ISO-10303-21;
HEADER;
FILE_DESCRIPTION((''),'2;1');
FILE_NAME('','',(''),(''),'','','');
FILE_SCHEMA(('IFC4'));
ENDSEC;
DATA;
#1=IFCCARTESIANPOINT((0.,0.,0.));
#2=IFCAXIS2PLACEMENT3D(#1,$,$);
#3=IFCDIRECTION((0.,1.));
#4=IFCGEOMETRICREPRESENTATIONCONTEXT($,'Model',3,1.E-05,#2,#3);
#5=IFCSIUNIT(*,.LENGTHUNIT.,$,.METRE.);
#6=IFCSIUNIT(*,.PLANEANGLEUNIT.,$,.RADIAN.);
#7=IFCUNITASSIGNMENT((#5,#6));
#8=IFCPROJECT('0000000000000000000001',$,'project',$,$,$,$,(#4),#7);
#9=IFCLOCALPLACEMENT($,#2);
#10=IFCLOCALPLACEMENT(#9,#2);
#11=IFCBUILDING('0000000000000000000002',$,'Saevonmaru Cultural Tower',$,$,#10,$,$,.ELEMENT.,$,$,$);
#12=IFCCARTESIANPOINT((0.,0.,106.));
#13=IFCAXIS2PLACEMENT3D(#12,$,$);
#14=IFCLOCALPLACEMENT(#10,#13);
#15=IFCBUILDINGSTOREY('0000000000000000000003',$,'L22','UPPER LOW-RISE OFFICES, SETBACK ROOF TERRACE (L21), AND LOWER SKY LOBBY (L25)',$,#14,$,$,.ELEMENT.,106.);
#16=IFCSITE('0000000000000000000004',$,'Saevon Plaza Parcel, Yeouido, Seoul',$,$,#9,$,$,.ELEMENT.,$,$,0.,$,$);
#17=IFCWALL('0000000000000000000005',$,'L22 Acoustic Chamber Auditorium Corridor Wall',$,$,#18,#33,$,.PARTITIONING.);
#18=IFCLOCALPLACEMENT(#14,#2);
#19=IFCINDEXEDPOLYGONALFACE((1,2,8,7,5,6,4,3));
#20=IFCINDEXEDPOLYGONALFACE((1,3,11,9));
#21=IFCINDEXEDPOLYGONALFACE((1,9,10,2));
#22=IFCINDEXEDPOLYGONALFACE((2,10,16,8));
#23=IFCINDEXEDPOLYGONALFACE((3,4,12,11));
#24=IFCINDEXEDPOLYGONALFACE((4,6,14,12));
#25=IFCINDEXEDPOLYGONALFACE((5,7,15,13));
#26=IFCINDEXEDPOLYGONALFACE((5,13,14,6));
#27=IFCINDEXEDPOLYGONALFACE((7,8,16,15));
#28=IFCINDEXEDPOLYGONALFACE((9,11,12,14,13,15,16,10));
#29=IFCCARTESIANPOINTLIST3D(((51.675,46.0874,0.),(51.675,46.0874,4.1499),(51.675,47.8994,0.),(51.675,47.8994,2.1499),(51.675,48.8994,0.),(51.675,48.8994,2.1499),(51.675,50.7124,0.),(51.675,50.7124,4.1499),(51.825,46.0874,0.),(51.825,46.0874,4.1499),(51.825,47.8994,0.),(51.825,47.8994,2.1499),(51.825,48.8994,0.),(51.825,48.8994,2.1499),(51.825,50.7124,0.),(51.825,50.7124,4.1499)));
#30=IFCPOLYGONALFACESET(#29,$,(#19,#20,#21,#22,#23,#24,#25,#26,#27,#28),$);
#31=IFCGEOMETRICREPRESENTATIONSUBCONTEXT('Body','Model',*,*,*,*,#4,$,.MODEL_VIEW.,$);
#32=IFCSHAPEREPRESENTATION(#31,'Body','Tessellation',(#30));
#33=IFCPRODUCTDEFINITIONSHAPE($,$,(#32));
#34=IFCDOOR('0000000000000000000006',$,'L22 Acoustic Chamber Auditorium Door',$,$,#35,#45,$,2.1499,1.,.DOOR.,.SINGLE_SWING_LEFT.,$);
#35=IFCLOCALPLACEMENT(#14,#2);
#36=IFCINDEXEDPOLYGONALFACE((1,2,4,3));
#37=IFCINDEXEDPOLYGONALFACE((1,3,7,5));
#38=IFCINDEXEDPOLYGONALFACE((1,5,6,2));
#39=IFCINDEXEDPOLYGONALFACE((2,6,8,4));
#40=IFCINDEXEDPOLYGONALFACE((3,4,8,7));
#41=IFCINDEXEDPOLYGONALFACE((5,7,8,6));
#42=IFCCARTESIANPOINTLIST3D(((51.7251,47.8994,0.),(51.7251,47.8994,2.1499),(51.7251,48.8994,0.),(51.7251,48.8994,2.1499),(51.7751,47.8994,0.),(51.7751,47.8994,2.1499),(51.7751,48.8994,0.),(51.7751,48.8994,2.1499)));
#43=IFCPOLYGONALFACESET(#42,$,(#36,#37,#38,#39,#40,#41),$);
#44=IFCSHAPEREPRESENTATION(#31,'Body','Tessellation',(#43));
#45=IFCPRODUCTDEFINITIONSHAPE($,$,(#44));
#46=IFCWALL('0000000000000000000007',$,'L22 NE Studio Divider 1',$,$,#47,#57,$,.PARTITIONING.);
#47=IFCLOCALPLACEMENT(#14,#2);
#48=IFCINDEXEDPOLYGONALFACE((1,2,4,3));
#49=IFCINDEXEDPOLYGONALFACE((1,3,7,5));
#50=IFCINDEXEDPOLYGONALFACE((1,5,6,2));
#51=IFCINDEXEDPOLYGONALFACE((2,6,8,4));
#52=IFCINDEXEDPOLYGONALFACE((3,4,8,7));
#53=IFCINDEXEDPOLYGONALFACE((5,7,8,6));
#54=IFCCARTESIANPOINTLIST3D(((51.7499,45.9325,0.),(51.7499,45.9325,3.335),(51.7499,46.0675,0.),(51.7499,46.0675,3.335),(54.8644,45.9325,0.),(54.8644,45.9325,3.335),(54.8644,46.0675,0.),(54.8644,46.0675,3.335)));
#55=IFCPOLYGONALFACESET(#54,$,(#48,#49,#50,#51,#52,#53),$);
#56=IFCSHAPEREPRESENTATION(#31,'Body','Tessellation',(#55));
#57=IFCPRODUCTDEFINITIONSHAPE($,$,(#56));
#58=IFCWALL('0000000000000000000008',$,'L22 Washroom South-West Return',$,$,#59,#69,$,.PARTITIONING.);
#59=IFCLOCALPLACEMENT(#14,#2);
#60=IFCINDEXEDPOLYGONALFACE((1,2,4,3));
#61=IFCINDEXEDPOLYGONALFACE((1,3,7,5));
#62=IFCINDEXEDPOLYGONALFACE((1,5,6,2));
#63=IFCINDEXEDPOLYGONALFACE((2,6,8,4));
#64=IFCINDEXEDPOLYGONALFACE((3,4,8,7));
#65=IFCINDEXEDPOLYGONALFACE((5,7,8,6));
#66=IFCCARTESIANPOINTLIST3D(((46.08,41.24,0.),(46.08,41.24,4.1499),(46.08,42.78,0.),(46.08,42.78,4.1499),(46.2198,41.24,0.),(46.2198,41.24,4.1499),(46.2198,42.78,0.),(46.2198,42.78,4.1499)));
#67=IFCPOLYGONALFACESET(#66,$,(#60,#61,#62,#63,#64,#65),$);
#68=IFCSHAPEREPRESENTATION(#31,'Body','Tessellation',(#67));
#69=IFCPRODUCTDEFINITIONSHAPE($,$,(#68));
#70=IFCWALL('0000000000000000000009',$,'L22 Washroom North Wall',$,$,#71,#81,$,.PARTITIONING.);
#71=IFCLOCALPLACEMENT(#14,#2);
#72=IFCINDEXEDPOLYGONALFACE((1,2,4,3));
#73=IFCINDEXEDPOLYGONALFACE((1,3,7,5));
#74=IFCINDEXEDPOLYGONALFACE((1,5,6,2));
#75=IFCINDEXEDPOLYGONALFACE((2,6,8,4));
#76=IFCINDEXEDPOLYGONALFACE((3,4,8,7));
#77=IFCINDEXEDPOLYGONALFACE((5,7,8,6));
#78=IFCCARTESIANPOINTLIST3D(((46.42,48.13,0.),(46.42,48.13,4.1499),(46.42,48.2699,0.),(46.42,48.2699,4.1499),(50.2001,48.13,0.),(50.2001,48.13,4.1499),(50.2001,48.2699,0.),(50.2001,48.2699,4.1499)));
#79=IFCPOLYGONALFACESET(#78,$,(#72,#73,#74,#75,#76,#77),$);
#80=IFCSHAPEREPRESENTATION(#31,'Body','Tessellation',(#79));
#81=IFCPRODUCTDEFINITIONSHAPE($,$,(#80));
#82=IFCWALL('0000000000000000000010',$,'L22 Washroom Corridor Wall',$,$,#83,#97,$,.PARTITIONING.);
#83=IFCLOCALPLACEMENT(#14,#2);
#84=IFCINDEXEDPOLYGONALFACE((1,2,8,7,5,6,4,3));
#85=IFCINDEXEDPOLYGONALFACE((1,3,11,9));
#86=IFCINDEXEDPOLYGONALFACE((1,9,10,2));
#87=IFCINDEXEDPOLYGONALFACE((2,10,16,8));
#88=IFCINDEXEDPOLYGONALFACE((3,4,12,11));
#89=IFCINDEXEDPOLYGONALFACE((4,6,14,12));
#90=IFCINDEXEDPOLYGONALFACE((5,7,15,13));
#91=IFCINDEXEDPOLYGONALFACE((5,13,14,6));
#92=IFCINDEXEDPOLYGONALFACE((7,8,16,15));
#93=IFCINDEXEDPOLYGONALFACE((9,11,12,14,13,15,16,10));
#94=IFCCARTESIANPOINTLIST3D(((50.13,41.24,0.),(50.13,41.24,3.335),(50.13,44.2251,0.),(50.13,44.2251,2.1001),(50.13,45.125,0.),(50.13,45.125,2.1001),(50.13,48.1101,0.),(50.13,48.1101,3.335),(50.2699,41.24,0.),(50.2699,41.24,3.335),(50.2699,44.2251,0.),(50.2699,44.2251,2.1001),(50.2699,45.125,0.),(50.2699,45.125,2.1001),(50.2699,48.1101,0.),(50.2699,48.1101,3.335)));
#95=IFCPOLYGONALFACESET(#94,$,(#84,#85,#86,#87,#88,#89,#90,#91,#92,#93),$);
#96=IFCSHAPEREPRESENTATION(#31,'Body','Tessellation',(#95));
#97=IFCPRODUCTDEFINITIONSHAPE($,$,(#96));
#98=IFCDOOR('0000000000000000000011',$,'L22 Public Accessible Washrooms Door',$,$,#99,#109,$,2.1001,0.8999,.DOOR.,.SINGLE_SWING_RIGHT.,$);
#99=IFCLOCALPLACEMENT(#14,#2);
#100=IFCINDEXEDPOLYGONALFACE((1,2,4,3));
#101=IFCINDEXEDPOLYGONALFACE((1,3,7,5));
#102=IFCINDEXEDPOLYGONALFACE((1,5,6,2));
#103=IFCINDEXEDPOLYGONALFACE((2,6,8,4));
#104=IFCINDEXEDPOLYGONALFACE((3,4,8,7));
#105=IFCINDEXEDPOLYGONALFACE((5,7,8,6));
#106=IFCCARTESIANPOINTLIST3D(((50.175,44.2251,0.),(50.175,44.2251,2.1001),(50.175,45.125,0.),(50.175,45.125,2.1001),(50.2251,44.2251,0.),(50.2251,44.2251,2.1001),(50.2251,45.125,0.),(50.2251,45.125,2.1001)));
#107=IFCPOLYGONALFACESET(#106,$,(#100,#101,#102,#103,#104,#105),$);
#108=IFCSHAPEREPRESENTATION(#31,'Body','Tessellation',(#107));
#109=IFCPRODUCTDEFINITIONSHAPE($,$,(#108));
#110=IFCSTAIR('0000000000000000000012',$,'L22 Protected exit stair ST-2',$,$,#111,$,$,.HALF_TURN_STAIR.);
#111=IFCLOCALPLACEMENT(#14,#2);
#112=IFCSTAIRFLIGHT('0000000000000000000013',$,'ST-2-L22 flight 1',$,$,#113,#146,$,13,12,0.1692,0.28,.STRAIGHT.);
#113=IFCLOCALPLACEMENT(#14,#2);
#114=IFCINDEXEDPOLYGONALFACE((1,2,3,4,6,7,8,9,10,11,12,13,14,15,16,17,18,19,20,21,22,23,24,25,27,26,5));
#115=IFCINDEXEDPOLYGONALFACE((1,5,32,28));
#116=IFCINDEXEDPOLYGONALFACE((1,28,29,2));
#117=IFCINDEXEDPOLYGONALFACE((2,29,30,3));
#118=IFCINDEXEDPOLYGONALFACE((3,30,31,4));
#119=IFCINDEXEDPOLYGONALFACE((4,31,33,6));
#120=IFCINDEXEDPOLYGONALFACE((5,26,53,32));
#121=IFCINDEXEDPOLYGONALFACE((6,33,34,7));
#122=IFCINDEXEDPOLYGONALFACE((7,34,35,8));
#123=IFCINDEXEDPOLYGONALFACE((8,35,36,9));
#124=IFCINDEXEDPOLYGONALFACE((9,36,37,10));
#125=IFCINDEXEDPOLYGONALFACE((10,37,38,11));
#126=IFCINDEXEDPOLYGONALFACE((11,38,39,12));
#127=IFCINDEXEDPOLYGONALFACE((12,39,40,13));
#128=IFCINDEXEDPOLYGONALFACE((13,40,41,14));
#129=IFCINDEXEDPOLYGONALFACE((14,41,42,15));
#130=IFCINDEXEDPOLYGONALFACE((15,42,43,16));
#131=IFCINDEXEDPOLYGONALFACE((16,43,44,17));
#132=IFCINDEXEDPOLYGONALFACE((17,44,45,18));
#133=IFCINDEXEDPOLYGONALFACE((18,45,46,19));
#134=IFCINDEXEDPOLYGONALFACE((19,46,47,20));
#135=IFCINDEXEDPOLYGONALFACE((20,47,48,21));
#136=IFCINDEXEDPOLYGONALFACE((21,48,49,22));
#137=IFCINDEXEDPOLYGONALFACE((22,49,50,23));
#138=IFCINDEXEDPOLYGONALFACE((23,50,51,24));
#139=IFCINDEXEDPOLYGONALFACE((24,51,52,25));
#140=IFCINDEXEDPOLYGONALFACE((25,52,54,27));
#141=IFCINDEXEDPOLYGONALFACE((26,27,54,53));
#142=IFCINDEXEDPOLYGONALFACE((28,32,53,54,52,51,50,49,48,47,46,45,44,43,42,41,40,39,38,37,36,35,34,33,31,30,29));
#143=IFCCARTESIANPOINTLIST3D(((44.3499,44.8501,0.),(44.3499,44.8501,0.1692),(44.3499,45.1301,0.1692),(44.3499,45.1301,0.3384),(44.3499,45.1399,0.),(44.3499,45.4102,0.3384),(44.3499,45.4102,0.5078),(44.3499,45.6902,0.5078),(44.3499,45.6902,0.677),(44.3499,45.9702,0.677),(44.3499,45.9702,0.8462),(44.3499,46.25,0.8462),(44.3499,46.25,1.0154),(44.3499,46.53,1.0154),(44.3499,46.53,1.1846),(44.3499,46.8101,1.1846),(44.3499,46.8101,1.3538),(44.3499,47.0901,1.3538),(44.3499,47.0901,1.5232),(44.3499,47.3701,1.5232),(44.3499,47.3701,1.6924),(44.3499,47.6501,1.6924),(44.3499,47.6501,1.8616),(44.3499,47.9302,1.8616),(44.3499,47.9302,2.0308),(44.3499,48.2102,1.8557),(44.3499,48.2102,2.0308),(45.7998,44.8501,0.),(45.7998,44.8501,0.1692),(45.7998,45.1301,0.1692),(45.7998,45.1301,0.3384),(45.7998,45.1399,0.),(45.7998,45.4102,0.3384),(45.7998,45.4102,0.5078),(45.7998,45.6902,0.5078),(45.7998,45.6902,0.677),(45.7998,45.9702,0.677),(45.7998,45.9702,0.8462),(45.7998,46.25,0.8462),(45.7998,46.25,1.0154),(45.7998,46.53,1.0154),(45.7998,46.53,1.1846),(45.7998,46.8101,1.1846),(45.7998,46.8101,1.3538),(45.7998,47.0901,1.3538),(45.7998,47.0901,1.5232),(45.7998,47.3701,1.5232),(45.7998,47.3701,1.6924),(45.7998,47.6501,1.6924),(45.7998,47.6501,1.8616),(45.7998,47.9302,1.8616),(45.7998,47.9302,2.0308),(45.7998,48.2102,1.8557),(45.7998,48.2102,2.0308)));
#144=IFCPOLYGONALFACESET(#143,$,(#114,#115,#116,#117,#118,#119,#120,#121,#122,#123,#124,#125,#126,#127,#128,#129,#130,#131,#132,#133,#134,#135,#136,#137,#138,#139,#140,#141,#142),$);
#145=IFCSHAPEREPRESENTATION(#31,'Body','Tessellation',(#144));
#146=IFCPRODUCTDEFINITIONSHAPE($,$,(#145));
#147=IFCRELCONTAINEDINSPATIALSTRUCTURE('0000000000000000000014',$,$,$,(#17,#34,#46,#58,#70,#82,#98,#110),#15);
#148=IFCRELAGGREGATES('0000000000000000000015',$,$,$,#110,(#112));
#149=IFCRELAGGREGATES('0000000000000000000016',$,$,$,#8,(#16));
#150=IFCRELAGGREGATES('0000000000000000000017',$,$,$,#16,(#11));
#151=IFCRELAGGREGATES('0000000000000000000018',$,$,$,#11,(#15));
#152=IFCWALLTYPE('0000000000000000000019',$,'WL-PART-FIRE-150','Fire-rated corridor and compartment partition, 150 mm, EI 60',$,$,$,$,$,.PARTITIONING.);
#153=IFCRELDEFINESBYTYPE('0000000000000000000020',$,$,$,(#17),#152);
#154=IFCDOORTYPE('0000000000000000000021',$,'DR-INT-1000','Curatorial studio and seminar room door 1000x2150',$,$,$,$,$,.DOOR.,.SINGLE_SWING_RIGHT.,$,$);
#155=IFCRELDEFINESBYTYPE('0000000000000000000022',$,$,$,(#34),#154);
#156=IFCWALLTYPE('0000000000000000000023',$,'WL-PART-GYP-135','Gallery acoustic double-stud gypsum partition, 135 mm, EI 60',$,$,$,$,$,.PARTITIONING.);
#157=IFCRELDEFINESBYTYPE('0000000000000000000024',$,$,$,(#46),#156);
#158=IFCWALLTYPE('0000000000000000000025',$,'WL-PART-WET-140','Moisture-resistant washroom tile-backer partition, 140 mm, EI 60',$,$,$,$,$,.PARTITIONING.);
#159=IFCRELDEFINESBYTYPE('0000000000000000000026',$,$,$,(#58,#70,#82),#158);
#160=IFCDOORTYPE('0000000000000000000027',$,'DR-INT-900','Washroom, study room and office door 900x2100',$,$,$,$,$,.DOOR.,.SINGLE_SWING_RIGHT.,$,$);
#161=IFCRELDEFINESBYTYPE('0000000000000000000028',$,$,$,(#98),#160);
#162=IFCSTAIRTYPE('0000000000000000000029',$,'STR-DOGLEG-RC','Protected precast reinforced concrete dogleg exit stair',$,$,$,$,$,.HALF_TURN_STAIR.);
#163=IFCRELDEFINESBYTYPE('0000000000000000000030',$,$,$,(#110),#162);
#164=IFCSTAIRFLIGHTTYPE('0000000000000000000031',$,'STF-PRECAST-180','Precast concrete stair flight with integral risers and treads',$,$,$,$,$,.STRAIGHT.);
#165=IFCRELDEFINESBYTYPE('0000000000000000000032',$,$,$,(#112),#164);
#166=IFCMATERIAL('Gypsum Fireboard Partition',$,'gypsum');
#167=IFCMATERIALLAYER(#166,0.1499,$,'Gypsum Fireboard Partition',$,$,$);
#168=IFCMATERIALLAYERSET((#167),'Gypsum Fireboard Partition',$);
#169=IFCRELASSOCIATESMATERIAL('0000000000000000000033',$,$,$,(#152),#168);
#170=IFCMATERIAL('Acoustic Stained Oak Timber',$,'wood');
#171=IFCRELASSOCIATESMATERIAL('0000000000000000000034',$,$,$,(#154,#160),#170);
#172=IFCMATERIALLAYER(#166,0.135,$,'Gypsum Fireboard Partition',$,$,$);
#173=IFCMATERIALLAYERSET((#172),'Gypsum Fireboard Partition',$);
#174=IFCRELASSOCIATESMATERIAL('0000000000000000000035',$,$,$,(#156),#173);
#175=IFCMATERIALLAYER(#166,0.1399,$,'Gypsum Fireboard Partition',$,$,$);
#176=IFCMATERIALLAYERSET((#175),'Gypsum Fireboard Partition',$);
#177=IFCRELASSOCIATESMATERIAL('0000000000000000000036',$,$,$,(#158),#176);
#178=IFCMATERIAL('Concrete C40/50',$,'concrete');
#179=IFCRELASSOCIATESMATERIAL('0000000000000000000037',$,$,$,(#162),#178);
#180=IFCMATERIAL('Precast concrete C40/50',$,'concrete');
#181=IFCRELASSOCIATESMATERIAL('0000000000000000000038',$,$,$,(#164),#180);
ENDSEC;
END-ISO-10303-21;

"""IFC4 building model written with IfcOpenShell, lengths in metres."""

from ifc_helpers import new_model, si_unit, direction, frame, frame_2d, origin, place, context, subcontext, project, spatial, polyline, rectangle, outline, extrude, material, layer, layer_set, type_object, element, fill, aggregate, save


model = new_model("IFC4")

# Units and contexts
model_context = context("Model", 3, precision=1e-05, world=origin(), true_north=direction((0.0, 1.0)))
body_context = subcontext(model_context, "Body", "Model", "MODEL_VIEW")
ifc_project = project(units=[si_unit("LENGTHUNIT", "METRE"), si_unit("PLANEANGLEUNIT", "RADIAN")], contexts=[model_context])

# Site, building, storey
site_placement = place(None, origin())
site = spatial("IfcSite", under=ifc_project, at=site_placement, Name="Saevon Plaza Parcel, Yeouido, Seoul", CompositionType="ELEMENT", RefElevation=0.0)
building_placement = place(site_placement, origin())
building = spatial("IfcBuilding", under=site, at=building_placement, Name="Saevonmaru Cultural Tower", CompositionType="ELEMENT")
storey_placement = place(building_placement, frame((0.0, 0.0, 106.0)))
storey = spatial("IfcBuildingStorey", under=building, at=storey_placement, Name="L22", Description="UPPER LOW-RISE OFFICES, SETBACK ROOF TERRACE (L21), AND LOWER SKY LOBBY (L25)", CompositionType="ELEMENT", Elevation=106.0)

# Wall, opening, door
ifc_material_1 = material(Name="Gypsum Fireboard Partition", Category="gypsum")
ifc_layer_1 = layer(ifc_material_1, 0.1499, Name="Gypsum Fireboard Partition")
ifc_layer_set_1 = layer_set([ifc_layer_1], Name="Gypsum Fireboard Partition")
wall_type_1 = type_object("IfcWallType", Name="WL-PART-FIRE-150", Description="Fire-rated corridor and compartment partition, 150 mm, EI 60", PredefinedType="PARTITIONING", material=ifc_layer_set_1)
wall_1_placement = place(storey_placement, frame((51.75, 46.0874, 0.0), z_axis=(0.0, 0.0, 1.0), x_axis=(0.0, 1.0, 0.0)))
wall_1 = element("IfcWall", 1, at=wall_1_placement, inside=storey, type_object=wall_type_1, Name="L22 Acoustic Chamber Auditorium Corridor Wall", PredefinedType="PARTITIONING", context=body_context, shape_type="SweptSolid", body=[
    extrude(rectangle(XDim=4.625, YDim=0.1499, at=frame_2d((2.3125, 0.0))), origin(), (0.0, 0.0, 1.0), 4.1499),
])
opening_1_placement = place(wall_1_placement, frame((1.812, 0.0, 0.0)))
opening_1 = element("IfcOpeningElement", 2, at=opening_1_placement, cuts=wall_1, PredefinedType="OPENING", context=body_context, shape_type="SweptSolid", body=[
    extrude(rectangle(XDim=1.0, YDim=2.1499, at=frame_2d((0.5, 1.075))), frame((0.0, 0.085, 0.0), z_axis=(0.0, -1.0, 0.0), x_axis=(1.0, 0.0, 0.0)), (0.0, 0.0, 1.0), 0.1699),
])
ifc_material_2 = material(Name="Acoustic Stained Oak Timber", Category="wood")
door_type_1 = type_object("IfcDoorType", Name="DR-INT-1000", Description="Curatorial studio and seminar room door 1000x2150", OperationType="SINGLE_SWING_RIGHT", PredefinedType="DOOR", material=ifc_material_2)
door_1_placement = place(opening_1_placement, origin())
door_1 = element("IfcDoor", 3, at=door_1_placement, inside=storey, type_object=door_type_1, Name="L22 Acoustic Chamber Auditorium Door", OperationType="SINGLE_SWING_LEFT", OverallHeight=2.1499, OverallWidth=1.0, PredefinedType="DOOR", context=body_context, shape_type="SweptSolid", body=[
    extrude(rectangle(XDim=1.0, YDim=2.1499, at=frame_2d((0.5, 1.075))), frame((0.0, 0.0249, 0.0), z_axis=(0.0, -1.0, 0.0), x_axis=(1.0, 0.0, 0.0)), (0.0, 0.0, 1.0), 0.05),
])
fill(opening_1, door_1)

# Walls
ifc_layer_2 = layer(ifc_material_1, 0.135, Name="Gypsum Fireboard Partition")
ifc_layer_set_2 = layer_set([ifc_layer_2], Name="Gypsum Fireboard Partition")
wall_type_2 = type_object("IfcWallType", Name="WL-PART-GYP-135", Description="Gallery acoustic double-stud gypsum partition, 135 mm, EI 60", PredefinedType="PARTITIONING", material=ifc_layer_set_2)
wall_2_placement = place(storey_placement, frame((51.75, 46.0, 0.0), z_axis=(0.0, 0.0, 1.0), x_axis=(1.0, 0.0, 0.0)))
element("IfcWall", 4, at=wall_2_placement, inside=storey, type_object=wall_type_2, Name="L22 NE Studio Divider 1", PredefinedType="PARTITIONING", context=body_context, shape_type="SweptSolid", body=[
    extrude(rectangle(XDim=3.1145, YDim=0.135, at=frame_2d((1.5571, 0.0))), origin(), (0.0, 0.0, 1.0), 3.335),
])
ifc_layer_3 = layer(ifc_material_1, 0.1399, Name="Gypsum Fireboard Partition")
ifc_layer_set_3 = layer_set([ifc_layer_3], Name="Gypsum Fireboard Partition")
wall_type_3 = type_object("IfcWallType", Name="WL-PART-WET-140", Description="Moisture-resistant washroom tile-backer partition, 140 mm, EI 60", PredefinedType="PARTITIONING", material=ifc_layer_set_3)
wall_3_placement = place(storey_placement, frame((46.1499, 41.24, 0.0), z_axis=(0.0, 0.0, 1.0), x_axis=(0.0, 1.0, 0.0)))
element("IfcWall", 5, at=wall_3_placement, inside=storey, type_object=wall_type_3, Name="L22 Washroom South-West Return", PredefinedType="PARTITIONING", context=body_context, shape_type="SweptSolid", body=[
    extrude(rectangle(XDim=1.54, YDim=0.1399, at=frame_2d((0.77, 0.0))), origin(), (0.0, 0.0, 1.0), 4.1499),
])
wall_4_placement = place(storey_placement, frame((46.4199, 48.2, 0.0), z_axis=(0.0, 0.0, 1.0), x_axis=(1.0, 0.0, 0.0)))
element("IfcWall", 6, at=wall_4_placement, inside=storey, type_object=wall_type_3, Name="L22 Washroom North Wall", PredefinedType="PARTITIONING", context=body_context, shape_type="SweptSolid", body=[
    extrude(rectangle(XDim=3.78, YDim=0.1399, at=frame_2d((1.8901, 0.0))), origin(), (0.0, 0.0, 1.0), 4.1499),
])

# Wall, opening, door
wall_5_placement = place(storey_placement, frame((50.2, 41.24, 0.0), z_axis=(0.0, 0.0, 1.0), x_axis=(0.0, 1.0, 0.0)))
wall_5 = element("IfcWall", 7, at=wall_5_placement, inside=storey, type_object=wall_type_3, Name="L22 Washroom Corridor Wall", PredefinedType="PARTITIONING", context=body_context, shape_type="SweptSolid", body=[
    extrude(rectangle(XDim=6.8701, YDim=0.1399, at=frame_2d((3.4351, 0.0))), origin(), (0.0, 0.0, 1.0), 3.335),
])
opening_2_placement = place(wall_5_placement, frame((2.9851, 0.0, 0.0)))
opening_2 = element("IfcOpeningElement", 8, at=opening_2_placement, cuts=wall_5, PredefinedType="OPENING", context=body_context, shape_type="SweptSolid", body=[
    extrude(rectangle(XDim=0.8999, YDim=2.1001, at=frame_2d((0.45, 1.05))), frame((0.0, 0.0801, 0.0), z_axis=(0.0, -1.0, 0.0), x_axis=(1.0, 0.0, 0.0)), (0.0, 0.0, 1.0), 0.1599),
])
door_type_2 = type_object("IfcDoorType", Name="DR-INT-900", Description="Washroom, study room and office door 900x2100", OperationType="SINGLE_SWING_RIGHT", PredefinedType="DOOR", material=ifc_material_2)
door_2_placement = place(opening_2_placement, origin())
door_2 = element("IfcDoor", 9, at=door_2_placement, inside=storey, type_object=door_type_2, Name="L22 Public Accessible Washrooms Door", OperationType="SINGLE_SWING_RIGHT", OverallHeight=2.1001, OverallWidth=0.8999, PredefinedType="DOOR", context=body_context, shape_type="SweptSolid", body=[
    extrude(rectangle(XDim=0.8999, YDim=2.1001, at=frame_2d((0.45, 1.05))), frame((0.0, 0.0249, 0.0), z_axis=(0.0, -1.0, 0.0), x_axis=(1.0, 0.0, 0.0)), (0.0, 0.0, 1.0), 0.05),
])
fill(opening_2, door_2)

# Stair, stair flight
ifc_material_3 = material(Name="Concrete C40/50", Category="concrete")
stair_type = type_object("IfcStairType", Name="STR-DOGLEG-RC", Description="Protected precast reinforced concrete dogleg exit stair", PredefinedType="HALF_TURN_STAIR", material=ifc_material_3)
stair_placement = place(storey_placement, origin())
stair = element("IfcStair", 10, at=stair_placement, inside=storey, type_object=stair_type, Name="L22 Protected exit stair ST-2", PredefinedType="HALF_TURN_STAIR")
ifc_material_4 = material(Name="Precast concrete C40/50", Category="concrete")
stair_flight_type = type_object("IfcStairFlightType", Name="STF-PRECAST-180", Description="Precast concrete stair flight with integral risers and treads", PredefinedType="STRAIGHT", material=ifc_material_4)
stair_flight_1_placement = place(storey_placement, frame((45.075, 44.8501, 0.0), z_axis=(0.0, 0.0, 1.0), x_axis=(0.0, 1.0, 0.0)))
stair_flight_1 = element("IfcStairFlight", 11, at=stair_flight_1_placement, type_object=stair_flight_type, Name="ST-2-L22 flight 1", NumberOfRisers=13, NumberOfTreads=12, PredefinedType="STRAIGHT", RiserHeight=0.1692, TreadLength=0.28, context=body_context, shape_type="SweptSolid", body=[
    extrude(outline(polyline([(0.0, 0.0), (0.0, 0.1692), (0.28, 0.1692), (0.28, 0.3384), (0.5601, 0.3384), (0.5601, 0.5078), (0.8401, 0.5078), (0.8401, 0.677), (1.1201, 0.677), (1.1201, 0.8462), (1.3999, 0.8462), (1.3999, 1.0154), (1.6799, 1.0154), (1.6799, 1.1846), (1.96, 1.1846), (1.96, 1.3538), (2.24, 1.3538), (2.24, 1.5232), (2.52, 1.5232), (2.52, 1.6924), (2.8, 1.6924), (2.8, 1.8616), (3.0801, 1.8616), (3.0801, 2.0308), (3.3601, 2.0308), (3.3601, 2.2), (3.3601, 1.8557), (0.2898, 0.0), (0.0, 0.0)])), frame((0.0, 0.7251, 0.0), z_axis=(0.0, -1.0, 0.0), x_axis=(1.0, 0.0, 0.0)), (0.0, 0.0, 1.0), 1.45),
])
aggregate(stair, [stair_flight_1])

save(model, "model.ifc")
